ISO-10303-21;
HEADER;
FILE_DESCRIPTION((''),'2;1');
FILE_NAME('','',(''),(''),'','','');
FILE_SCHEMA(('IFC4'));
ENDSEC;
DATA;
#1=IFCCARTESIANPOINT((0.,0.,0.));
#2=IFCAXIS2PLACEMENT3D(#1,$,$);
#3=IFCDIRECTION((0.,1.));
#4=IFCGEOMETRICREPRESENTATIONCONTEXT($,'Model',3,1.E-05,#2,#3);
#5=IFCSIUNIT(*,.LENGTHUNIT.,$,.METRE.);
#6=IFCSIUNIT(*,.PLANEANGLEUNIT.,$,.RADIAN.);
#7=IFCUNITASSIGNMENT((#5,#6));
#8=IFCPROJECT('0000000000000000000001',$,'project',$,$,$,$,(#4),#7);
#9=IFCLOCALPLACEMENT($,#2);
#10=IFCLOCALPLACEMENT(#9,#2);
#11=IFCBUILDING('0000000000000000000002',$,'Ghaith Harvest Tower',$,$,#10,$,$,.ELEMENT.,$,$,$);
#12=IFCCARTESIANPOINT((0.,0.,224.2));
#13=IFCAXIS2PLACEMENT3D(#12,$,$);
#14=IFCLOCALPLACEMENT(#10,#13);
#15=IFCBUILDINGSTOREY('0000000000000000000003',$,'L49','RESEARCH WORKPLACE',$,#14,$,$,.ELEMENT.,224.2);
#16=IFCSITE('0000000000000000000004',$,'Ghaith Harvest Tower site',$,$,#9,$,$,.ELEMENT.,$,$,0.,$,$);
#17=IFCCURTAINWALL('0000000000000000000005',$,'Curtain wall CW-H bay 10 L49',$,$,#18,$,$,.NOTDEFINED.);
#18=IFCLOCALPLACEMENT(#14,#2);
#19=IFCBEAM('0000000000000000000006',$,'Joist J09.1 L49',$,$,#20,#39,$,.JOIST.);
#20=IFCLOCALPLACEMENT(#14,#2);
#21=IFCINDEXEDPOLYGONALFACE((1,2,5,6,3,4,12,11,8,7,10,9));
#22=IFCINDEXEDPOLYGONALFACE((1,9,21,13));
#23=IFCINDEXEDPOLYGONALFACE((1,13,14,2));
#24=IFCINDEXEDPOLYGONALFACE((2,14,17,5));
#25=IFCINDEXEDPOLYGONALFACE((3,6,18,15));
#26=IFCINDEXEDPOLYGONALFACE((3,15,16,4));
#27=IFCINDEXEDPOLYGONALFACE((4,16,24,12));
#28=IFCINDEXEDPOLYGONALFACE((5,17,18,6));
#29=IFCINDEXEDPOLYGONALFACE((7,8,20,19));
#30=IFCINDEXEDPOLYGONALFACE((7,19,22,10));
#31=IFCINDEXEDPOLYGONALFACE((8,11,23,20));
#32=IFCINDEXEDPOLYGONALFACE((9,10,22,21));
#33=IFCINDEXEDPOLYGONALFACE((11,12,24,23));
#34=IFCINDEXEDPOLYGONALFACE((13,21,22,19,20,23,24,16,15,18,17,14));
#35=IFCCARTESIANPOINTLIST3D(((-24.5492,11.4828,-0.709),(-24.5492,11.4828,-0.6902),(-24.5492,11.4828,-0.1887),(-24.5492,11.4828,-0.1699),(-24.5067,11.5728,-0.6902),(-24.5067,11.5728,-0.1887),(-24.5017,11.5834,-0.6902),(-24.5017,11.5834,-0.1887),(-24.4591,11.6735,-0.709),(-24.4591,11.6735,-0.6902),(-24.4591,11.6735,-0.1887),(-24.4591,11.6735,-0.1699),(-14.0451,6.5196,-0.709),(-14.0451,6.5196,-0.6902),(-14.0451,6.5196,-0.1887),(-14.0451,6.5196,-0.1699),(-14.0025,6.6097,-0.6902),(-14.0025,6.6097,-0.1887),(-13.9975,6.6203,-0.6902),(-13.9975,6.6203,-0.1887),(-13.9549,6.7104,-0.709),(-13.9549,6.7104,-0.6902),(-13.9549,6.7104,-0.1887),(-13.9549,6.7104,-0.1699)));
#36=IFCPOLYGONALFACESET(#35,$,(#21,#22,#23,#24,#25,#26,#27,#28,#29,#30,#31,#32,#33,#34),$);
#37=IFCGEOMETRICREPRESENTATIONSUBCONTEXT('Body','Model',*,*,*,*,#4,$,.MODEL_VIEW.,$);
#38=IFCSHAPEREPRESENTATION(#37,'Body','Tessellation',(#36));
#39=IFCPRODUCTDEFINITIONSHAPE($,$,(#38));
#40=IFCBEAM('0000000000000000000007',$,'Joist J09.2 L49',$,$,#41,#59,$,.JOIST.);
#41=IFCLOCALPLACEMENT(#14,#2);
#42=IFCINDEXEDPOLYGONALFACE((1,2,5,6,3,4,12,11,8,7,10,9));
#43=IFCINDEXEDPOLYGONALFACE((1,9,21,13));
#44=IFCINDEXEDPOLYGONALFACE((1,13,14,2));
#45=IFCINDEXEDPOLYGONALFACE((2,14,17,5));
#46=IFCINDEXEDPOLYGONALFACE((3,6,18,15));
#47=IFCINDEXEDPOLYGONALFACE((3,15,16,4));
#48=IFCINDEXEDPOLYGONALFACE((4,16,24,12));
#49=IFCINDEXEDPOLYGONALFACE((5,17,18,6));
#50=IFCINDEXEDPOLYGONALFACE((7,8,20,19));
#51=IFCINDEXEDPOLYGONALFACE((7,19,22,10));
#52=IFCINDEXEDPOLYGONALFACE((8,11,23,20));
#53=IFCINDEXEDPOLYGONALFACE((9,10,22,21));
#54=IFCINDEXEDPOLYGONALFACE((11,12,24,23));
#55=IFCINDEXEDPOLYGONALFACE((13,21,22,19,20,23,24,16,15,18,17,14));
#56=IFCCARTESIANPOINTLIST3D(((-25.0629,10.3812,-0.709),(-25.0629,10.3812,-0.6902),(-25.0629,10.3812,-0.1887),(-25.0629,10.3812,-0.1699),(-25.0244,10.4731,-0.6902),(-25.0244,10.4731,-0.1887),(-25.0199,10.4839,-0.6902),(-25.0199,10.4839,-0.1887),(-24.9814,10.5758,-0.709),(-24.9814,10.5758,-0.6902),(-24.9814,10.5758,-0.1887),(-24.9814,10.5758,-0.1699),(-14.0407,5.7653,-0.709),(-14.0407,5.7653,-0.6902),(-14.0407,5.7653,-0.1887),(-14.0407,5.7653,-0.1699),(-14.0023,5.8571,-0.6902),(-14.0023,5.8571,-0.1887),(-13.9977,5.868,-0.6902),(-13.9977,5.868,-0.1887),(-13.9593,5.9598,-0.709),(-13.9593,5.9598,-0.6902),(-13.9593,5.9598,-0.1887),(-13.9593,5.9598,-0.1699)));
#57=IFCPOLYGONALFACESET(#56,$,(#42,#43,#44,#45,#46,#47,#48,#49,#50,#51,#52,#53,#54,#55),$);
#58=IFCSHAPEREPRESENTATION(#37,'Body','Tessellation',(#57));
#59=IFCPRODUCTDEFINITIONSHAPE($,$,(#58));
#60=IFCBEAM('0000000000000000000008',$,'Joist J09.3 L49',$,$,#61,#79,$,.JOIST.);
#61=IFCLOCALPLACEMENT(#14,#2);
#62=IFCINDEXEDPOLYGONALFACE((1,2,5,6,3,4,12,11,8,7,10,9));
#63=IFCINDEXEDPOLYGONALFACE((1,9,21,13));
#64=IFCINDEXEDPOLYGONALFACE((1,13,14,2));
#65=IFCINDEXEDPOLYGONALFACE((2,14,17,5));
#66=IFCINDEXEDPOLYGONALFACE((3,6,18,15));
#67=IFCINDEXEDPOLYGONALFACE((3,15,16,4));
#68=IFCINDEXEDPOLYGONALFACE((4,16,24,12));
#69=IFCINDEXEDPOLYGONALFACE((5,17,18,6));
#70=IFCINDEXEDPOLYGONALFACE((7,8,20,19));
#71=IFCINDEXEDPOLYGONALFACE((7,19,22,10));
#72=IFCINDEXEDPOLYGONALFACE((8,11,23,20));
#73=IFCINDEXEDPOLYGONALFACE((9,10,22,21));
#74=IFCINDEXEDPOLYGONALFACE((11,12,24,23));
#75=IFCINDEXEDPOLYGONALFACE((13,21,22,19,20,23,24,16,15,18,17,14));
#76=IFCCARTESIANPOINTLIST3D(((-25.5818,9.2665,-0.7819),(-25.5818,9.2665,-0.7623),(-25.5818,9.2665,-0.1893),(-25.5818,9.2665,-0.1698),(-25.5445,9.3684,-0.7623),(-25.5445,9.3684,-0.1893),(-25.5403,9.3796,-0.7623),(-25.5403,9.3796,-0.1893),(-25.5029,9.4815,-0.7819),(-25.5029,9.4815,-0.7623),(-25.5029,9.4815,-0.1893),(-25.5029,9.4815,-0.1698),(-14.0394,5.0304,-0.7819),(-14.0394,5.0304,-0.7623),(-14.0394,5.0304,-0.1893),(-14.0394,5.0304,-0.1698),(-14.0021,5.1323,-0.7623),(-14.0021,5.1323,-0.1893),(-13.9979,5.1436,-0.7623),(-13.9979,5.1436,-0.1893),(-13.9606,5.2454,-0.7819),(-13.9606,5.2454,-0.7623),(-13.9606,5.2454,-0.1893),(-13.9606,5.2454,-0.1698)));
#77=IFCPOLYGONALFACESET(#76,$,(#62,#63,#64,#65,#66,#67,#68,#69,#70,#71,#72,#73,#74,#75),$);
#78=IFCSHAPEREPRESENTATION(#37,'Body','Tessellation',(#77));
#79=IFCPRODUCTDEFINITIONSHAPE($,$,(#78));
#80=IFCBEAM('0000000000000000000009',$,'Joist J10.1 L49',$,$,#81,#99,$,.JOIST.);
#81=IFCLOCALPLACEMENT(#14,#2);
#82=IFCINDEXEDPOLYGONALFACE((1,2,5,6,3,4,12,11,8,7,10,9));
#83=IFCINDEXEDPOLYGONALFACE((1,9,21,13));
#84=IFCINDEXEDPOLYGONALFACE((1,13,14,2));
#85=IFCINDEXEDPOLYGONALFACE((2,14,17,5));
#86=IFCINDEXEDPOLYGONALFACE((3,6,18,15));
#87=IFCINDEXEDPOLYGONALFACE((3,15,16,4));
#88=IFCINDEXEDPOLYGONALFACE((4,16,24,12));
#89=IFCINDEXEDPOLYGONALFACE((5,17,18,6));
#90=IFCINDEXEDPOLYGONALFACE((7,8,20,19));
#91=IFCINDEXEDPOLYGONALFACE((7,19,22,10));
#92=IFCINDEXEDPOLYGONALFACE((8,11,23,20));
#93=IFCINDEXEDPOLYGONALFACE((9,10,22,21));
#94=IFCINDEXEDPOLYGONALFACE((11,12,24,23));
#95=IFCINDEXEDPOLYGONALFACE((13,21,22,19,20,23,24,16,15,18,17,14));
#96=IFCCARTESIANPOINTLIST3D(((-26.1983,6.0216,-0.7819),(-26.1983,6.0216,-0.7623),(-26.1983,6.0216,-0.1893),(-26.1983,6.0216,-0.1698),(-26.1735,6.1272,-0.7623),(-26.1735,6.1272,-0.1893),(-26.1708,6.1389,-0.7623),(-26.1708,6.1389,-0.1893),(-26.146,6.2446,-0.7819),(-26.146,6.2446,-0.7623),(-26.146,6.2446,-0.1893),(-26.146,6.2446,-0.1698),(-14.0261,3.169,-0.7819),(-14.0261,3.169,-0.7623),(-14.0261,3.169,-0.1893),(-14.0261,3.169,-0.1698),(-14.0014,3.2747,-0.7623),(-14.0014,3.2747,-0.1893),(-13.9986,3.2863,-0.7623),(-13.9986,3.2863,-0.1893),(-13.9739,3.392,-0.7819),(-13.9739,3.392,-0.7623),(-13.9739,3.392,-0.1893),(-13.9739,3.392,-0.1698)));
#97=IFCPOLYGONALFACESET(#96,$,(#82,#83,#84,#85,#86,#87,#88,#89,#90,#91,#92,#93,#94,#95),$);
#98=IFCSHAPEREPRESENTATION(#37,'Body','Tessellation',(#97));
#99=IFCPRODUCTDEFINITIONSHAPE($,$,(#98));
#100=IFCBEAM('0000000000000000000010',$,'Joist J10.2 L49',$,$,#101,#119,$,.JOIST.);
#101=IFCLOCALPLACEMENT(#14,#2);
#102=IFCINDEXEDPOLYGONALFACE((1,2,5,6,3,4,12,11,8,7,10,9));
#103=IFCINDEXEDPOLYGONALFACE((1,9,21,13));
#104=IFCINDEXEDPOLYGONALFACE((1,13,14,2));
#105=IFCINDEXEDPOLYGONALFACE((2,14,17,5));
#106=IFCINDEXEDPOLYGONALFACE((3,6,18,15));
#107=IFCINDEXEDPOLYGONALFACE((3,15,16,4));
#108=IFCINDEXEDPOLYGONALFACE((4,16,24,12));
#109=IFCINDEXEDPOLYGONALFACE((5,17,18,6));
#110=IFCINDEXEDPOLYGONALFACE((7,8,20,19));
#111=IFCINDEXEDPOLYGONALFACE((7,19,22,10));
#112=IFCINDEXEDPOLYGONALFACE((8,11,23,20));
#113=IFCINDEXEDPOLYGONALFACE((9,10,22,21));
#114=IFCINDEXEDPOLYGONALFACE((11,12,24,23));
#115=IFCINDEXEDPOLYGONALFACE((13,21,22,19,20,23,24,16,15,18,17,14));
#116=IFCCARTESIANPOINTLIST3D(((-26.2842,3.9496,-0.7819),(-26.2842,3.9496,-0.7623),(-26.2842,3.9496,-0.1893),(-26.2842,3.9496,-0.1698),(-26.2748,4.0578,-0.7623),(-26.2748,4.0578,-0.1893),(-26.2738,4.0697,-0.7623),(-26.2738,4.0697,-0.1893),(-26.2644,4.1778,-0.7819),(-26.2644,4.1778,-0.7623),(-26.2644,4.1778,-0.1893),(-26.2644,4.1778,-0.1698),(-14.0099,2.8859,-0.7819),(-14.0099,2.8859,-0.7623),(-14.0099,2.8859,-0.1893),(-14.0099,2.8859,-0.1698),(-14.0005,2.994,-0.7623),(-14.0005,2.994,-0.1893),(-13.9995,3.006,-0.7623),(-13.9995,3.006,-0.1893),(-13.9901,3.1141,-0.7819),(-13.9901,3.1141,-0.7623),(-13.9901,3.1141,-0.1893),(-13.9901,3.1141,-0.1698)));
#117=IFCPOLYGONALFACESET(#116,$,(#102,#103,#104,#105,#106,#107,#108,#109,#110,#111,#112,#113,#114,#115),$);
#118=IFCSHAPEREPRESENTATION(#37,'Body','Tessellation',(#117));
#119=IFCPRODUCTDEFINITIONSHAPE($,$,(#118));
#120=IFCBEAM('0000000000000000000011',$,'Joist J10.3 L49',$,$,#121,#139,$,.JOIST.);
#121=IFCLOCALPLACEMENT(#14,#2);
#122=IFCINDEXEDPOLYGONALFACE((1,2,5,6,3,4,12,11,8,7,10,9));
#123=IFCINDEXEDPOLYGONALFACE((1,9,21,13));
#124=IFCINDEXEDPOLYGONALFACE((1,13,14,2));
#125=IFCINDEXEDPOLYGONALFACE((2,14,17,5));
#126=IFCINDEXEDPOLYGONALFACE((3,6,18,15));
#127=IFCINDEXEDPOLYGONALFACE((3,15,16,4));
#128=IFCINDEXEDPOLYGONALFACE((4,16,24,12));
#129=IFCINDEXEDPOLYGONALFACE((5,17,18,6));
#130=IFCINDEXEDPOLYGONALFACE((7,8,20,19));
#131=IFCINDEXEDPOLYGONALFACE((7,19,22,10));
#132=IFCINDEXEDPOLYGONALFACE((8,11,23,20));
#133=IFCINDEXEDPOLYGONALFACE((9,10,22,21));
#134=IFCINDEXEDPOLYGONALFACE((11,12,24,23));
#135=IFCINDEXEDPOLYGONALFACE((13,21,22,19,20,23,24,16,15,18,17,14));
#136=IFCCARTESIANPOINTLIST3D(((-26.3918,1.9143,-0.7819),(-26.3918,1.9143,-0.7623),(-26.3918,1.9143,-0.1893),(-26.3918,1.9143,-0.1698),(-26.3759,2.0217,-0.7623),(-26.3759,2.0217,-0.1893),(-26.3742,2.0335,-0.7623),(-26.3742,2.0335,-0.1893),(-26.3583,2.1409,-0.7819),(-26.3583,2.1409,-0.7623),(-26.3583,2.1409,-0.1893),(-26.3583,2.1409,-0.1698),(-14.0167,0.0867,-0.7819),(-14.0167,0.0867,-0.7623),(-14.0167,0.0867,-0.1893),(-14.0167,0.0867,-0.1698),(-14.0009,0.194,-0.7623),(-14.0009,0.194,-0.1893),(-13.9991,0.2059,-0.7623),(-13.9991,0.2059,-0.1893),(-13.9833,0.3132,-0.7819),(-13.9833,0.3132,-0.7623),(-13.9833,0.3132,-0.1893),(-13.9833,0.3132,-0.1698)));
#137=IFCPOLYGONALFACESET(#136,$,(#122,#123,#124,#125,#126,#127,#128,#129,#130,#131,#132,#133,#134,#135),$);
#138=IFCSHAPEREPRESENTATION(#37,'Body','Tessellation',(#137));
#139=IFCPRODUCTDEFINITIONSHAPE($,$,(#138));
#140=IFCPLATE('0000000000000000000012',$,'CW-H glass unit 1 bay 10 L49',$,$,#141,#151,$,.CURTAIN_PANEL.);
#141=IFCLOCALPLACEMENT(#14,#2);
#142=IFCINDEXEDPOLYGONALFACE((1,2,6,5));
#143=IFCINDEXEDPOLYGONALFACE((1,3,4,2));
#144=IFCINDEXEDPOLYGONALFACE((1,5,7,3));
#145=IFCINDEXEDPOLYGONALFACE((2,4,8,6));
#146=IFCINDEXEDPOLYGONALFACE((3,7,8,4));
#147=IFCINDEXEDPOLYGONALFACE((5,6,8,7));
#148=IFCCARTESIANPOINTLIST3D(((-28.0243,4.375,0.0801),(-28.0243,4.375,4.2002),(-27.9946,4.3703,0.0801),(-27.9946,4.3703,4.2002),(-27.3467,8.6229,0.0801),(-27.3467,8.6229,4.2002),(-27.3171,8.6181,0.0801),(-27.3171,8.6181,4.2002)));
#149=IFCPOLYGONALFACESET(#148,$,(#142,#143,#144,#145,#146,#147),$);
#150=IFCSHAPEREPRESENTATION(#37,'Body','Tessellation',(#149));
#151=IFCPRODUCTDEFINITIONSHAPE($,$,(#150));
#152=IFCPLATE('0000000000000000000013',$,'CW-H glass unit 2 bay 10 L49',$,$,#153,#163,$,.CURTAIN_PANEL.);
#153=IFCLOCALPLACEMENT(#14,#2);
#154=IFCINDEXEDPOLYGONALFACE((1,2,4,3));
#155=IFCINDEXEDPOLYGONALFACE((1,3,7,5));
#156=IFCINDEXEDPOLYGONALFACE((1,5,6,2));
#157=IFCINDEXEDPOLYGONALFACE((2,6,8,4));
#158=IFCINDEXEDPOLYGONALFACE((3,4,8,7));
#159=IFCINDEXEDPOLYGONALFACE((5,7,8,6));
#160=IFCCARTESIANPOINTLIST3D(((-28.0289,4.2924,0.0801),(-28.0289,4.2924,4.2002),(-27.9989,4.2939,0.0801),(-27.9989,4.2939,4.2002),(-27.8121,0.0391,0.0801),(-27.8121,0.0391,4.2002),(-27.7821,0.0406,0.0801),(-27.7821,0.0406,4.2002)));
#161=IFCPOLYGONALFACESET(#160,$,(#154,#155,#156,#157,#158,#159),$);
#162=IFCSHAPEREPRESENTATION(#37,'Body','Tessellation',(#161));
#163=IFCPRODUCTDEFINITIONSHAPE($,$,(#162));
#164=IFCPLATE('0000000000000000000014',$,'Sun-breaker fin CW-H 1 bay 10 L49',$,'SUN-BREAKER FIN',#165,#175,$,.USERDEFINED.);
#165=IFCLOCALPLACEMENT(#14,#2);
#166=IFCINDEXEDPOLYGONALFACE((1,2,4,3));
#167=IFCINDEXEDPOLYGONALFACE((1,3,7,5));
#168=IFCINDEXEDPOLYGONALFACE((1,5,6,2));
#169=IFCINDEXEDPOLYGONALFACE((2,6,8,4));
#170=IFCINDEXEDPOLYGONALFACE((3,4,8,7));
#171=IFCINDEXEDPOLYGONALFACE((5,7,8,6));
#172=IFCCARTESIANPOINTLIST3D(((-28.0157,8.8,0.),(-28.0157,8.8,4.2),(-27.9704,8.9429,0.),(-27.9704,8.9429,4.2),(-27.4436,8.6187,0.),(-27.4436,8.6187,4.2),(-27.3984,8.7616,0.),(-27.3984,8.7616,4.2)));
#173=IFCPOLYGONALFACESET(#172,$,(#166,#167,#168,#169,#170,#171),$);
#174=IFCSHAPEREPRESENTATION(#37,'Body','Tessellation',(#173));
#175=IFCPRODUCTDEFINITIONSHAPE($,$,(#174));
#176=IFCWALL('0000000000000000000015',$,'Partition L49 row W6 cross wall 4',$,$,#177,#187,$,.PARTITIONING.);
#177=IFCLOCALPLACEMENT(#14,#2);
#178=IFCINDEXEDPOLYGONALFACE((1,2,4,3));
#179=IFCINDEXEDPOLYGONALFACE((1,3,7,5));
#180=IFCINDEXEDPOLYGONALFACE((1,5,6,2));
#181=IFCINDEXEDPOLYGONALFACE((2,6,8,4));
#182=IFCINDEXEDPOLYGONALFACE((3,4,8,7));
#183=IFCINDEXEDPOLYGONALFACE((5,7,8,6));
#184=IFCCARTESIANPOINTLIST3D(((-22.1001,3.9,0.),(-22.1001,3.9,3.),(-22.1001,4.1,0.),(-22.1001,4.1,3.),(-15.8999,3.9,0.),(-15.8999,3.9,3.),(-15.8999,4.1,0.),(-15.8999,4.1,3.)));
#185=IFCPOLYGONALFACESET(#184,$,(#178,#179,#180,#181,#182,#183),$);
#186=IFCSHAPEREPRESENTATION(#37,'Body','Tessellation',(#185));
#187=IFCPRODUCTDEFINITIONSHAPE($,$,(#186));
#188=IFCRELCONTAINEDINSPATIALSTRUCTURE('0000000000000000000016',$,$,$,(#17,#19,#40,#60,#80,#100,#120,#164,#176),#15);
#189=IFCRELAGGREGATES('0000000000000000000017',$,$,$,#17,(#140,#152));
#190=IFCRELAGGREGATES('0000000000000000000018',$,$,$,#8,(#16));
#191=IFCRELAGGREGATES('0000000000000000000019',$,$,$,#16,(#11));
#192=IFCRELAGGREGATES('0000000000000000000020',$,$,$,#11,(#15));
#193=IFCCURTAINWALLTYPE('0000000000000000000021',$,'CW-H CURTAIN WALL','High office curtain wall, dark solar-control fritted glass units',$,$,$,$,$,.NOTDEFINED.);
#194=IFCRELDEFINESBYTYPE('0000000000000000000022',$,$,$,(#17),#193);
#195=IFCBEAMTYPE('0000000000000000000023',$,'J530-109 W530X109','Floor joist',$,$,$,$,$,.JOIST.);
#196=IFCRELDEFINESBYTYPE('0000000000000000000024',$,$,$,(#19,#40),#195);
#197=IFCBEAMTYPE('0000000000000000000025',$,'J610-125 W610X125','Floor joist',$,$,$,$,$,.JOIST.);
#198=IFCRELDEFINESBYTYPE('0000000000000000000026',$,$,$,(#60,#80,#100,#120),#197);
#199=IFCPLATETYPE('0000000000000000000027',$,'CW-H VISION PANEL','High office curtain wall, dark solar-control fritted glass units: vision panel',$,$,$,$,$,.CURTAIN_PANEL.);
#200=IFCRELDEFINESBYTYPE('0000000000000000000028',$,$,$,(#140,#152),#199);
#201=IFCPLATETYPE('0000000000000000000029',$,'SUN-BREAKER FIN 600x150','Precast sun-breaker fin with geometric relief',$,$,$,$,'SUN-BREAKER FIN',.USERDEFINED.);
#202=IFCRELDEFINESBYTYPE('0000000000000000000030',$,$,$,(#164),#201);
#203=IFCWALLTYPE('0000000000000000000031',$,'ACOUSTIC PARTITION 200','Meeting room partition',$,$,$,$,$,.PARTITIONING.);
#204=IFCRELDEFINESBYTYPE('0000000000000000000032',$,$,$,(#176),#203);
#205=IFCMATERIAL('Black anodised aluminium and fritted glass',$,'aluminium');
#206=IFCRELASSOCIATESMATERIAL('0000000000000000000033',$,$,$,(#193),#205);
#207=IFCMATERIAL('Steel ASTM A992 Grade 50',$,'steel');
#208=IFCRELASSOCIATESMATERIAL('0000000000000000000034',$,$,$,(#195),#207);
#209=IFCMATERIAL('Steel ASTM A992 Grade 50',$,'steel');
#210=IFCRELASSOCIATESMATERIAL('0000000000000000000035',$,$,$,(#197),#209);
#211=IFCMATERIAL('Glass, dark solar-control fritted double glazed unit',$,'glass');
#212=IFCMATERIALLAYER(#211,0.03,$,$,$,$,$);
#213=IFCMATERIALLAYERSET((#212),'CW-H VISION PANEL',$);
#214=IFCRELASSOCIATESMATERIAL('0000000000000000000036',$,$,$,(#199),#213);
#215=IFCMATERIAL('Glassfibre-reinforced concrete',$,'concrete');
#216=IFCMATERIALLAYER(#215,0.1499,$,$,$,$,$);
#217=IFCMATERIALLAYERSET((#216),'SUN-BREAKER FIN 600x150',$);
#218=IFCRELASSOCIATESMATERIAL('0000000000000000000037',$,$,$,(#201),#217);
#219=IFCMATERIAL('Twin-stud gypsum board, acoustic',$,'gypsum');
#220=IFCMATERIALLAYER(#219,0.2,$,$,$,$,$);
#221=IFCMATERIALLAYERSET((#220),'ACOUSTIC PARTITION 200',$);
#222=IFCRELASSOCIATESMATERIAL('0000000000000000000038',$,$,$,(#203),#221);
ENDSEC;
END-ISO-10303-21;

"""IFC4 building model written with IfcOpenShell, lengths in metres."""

from ifc_helpers import new_model, si_unit, direction, frame, frame_2d, origin, origin_2d, place, context, subcontext, project, spatial, rectangle, i_section, extrude, material, layer, layer_set, material_profile, profile_set, type_object, element, aggregate, save


model = new_model("IFC4")

# Units and contexts
model_context = context("Model", 3, precision=1e-05, world=origin(), true_north=direction((0.0, 1.0)))
body_context = subcontext(model_context, "Body", "Model", "MODEL_VIEW")
ifc_project = project(units=[si_unit("LENGTHUNIT", "METRE"), si_unit("PLANEANGLEUNIT", "RADIAN")], contexts=[model_context])

# Site, building, storey
site_placement = place(None, origin())
site = spatial("IfcSite", under=ifc_project, at=site_placement, Name="Ghaith Harvest Tower site", CompositionType="ELEMENT", RefElevation=0.0)
building_placement = place(site_placement, origin())
building = spatial("IfcBuilding", under=site, at=building_placement, Name="Ghaith Harvest Tower", CompositionType="ELEMENT")
storey_placement = place(building_placement, frame((0.0, 0.0, 224.2)))
storey = spatial("IfcBuildingStorey", under=building, at=storey_placement, Name="L49", Description="RESEARCH WORKPLACE", CompositionType="ELEMENT", Elevation=224.2)

# Curtain wall
ifc_material_1 = material(Name="Black anodised aluminium and fritted glass", Category="aluminium")
curtain_wall_type = type_object("IfcCurtainWallType", Name="CW-H CURTAIN WALL", Description="High office curtain wall, dark solar-control fritted glass units", PredefinedType="NOTDEFINED", material=ifc_material_1)
curtain_wall_placement = place(storey_placement, origin())
curtain_wall = element("IfcCurtainWall", 1, at=curtain_wall_placement, inside=storey, type_object=curtain_wall_type, Name="Curtain wall CW-H bay 10 L49", PredefinedType="NOTDEFINED")

# Beams
ifc_material_2 = material(Name="Steel ASTM A992 Grade 50", Category="steel")
ifc_material_profile_1 = material_profile(ifc_material_2, i_section(OverallWidth=0.2109, OverallDepth=0.5391, WebThickness=0.0117, FlangeThickness=0.0188, at=origin_2d()), Name="W530X109")
ifc_profile_set_1 = profile_set([ifc_material_profile_1], Name="Steel ASTM A992 Grade 50")
beam_type_1 = type_object("IfcBeamType", Name="J530-109 W530X109", Description="Floor joist", PredefinedType="JOIST", material=ifc_profile_set_1)
beam_1_placement = place(storey_placement, frame((-14.0, 6.615, -0.4395), z_axis=(-0.904154, 0.427206, 0.0), x_axis=(-0.427206, -0.904154, 0.0)))
element("IfcBeam", 2, at=beam_1_placement, inside=storey, type_object=beam_type_1, Name="Joist J09.1 L49", PredefinedType="JOIST", context=body_context, shape_type="SweptSolid", body=[
    extrude(i_section(OverallWidth=0.2109, OverallDepth=0.5391, WebThickness=0.0117, FlangeThickness=0.0188, at=origin_2d()), origin(), (0.0, 0.0, 1.0), 11.6177),
])
beam_2_placement = place(storey_placement, frame((-14.0, 5.8625, -0.4395), z_axis=(-0.922381, 0.386282, 0.0), x_axis=(-0.386282, -0.922381, 0.0)))
element("IfcBeam", 3, at=beam_2_placement, inside=storey, type_object=beam_type_1, Name="Joist J09.2 L49", PredefinedType="JOIST", context=body_context, shape_type="SweptSolid", body=[
    extrude(i_section(OverallWidth=0.2109, OverallDepth=0.5391, WebThickness=0.0117, FlangeThickness=0.0188, at=origin_2d()), origin(), (0.0, 0.0, 1.0), 11.9497),
])
ifc_material_3 = material(Name="Steel ASTM A992 Grade 50", Category="steel")
ifc_material_profile_2 = material_profile(ifc_material_3, i_section(OverallWidth=0.229, OverallDepth=0.6121, WebThickness=0.012, FlangeThickness=0.0195, at=origin_2d()), Name="W610X125")
ifc_profile_set_2 = profile_set([ifc_material_profile_2], Name="Steel ASTM A992 Grade 50")
beam_type_2 = type_object("IfcBeamType", Name="J610-125 W610X125", Description="Floor joist", PredefinedType="JOIST", material=ifc_profile_set_2)
beam_3_placement = place(storey_placement, frame((-14.0, 5.1379, -0.4758), z_axis=(-0.938775, 0.34453, 0.0), x_axis=(-0.34453, -0.938775, 0.0)))
element("IfcBeam", 4, at=beam_3_placement, inside=storey, type_object=beam_type_2, Name="Joist J09.3 L49", PredefinedType="JOIST", context=body_context, shape_type="SweptSolid", body=[
    extrude(i_section(OverallWidth=0.229, OverallDepth=0.6121, WebThickness=0.012, FlangeThickness=0.0195, at=origin_2d()), origin(), (0.0, 0.0, 1.0), 12.2952),
])
beam_4_placement = place(storey_placement, frame((-14.0, 3.2805, -0.4758), z_axis=(-0.973622, 0.228168, 0.0), x_axis=(-0.228168, -0.973622, 0.0)))
element("IfcBeam", 5, at=beam_4_placement, inside=storey, type_object=beam_type_2, Name="Joist J10.1 L49", PredefinedType="JOIST", context=body_context, shape_type="SweptSolid", body=[
    extrude(i_section(OverallWidth=0.229, OverallDepth=0.6121, WebThickness=0.012, FlangeThickness=0.0195, at=origin_2d()), origin(), (0.0, 0.0, 1.0), 12.502),
])
beam_5_placement = place(storey_placement, frame((-14.0, 3.0, -0.4758), z_axis=(-0.996266, 0.086338, 0.0), x_axis=(-0.086338, -0.996266, 0.0)))
element("IfcBeam", 6, at=beam_5_placement, inside=storey, type_object=beam_type_2, Name="Joist J10.2 L49", PredefinedType="JOIST", context=body_context, shape_type="SweptSolid", body=[
    extrude(i_section(OverallWidth=0.229, OverallDepth=0.6121, WebThickness=0.012, FlangeThickness=0.0195, at=origin_2d()), origin(), (0.0, 0.0, 1.0), 12.3203),
])
beam_6_placement = place(storey_placement, frame((-14.0, 0.2, -0.4758), z_axis=(-0.989269, 0.146103, 0.0), x_axis=(-0.146103, -0.989269, 0.0)))
element("IfcBeam", 7, at=beam_6_placement, inside=storey, type_object=beam_type_2, Name="Joist J10.3 L49", PredefinedType="JOIST", context=body_context, shape_type="SweptSolid", body=[
    extrude(i_section(OverallWidth=0.229, OverallDepth=0.6121, WebThickness=0.012, FlangeThickness=0.0195, at=origin_2d()), origin(), (0.0, 0.0, 1.0), 12.5093),
])

# Plates
ifc_material_4 = material(Name="Glass, dark solar-control fritted double glazed unit", Category="glass")
ifc_layer_1 = layer(ifc_material_4, 0.03)
ifc_layer_set_1 = layer_set([ifc_layer_1], Name="CW-H VISION PANEL")
plate_type_1 = type_object("IfcPlateType", Name="CW-H VISION PANEL", Description="High office curtain wall, dark solar-control fritted glass units: vision panel", PredefinedType="CURTAIN_PANEL", material=ifc_layer_set_1)
plate_1_placement = place(storey_placement, frame((-27.6707, 6.4966, 0.0801), z_axis=(0.0, 0.0, 1.0), x_axis=(-0.157514, -0.987517, 0.0)))
plate_1 = element("IfcPlate", 8, at=plate_1_placement, type_object=plate_type_1, Name="CW-H glass unit 1 bay 10 L49", PredefinedType="CURTAIN_PANEL", context=body_context, shape_type="SweptSolid", body=[
    extrude(rectangle(XDim=4.3015, YDim=0.03, at=origin_2d()), origin(), (0.0, 0.0, 1.0), 4.1201),
])
plate_2_placement = place(storey_placement, frame((-27.9055, 2.1665, 0.0801), z_axis=(0.0, 0.0, 1.0), x_axis=(0.050895, -0.998704, 0.0)))
plate_2 = element("IfcPlate", 9, at=plate_2_placement, type_object=plate_type_1, Name="CW-H glass unit 2 bay 10 L49", PredefinedType="CURTAIN_PANEL", context=body_context, shape_type="SweptSolid", body=[
    extrude(rectangle(XDim=4.2588, YDim=0.03, at=origin_2d()), origin(), (0.0, 0.0, 1.0), 4.1201),
])
aggregate(curtain_wall, [plate_1, plate_2])
ifc_material_5 = material(Name="Glassfibre-reinforced concrete", Category="concrete")
ifc_layer_2 = layer(ifc_material_5, 0.1499)
ifc_layer_set_2 = layer_set([ifc_layer_2], Name="SUN-BREAKER FIN 600x150")
plate_type_2 = type_object("IfcPlateType", Name="SUN-BREAKER FIN 600x150", Description="Precast sun-breaker fin with geometric relief", ElementType="SUN-BREAKER FIN", PredefinedType="USERDEFINED", material=ifc_layer_set_2)
plate_3_placement = place(storey_placement, frame((-27.707, 8.7808, 0.0), z_axis=(0.0, 0.0, 1.0), x_axis=(-0.953273, 0.30211, 0.0)))
element("IfcPlate", 10, at=plate_3_placement, inside=storey, type_object=plate_type_2, Name="Sun-breaker fin CW-H 1 bay 10 L49", ObjectType="SUN-BREAKER FIN", PredefinedType="USERDEFINED", context=body_context, shape_type="SweptSolid", body=[
    extrude(rectangle(XDim=0.6001, YDim=0.1499, at=origin_2d()), origin(), (0.0, 0.0, 1.0), 4.2),
])

# Wall
ifc_material_6 = material(Name="Twin-stud gypsum board, acoustic", Category="gypsum")
ifc_layer_3 = layer(ifc_material_6, 0.2)
ifc_layer_set_3 = layer_set([ifc_layer_3], Name="ACOUSTIC PARTITION 200")
wall_type_1 = type_object("IfcWallType", Name="ACOUSTIC PARTITION 200", Description="Meeting room partition", PredefinedType="PARTITIONING", material=ifc_layer_set_3)
wall_1_placement = place(storey_placement, frame((-15.8999, 4.0, 0.0), z_axis=(0.0, 0.0, 1.0), x_axis=(-1.0, 0.0, 0.0)))
element("IfcWall", 11, at=wall_1_placement, inside=storey, type_object=wall_type_1, Name="Partition L49 row W6 cross wall 4", PredefinedType="PARTITIONING", context=body_context, shape_type="SweptSolid", body=[
    extrude(rectangle(XDim=6.2002, YDim=0.2, at=frame_2d((3.1001, 0.0))), origin(), (0.0, 0.0, 1.0), 3.0),
])

save(model, "model.ifc")
